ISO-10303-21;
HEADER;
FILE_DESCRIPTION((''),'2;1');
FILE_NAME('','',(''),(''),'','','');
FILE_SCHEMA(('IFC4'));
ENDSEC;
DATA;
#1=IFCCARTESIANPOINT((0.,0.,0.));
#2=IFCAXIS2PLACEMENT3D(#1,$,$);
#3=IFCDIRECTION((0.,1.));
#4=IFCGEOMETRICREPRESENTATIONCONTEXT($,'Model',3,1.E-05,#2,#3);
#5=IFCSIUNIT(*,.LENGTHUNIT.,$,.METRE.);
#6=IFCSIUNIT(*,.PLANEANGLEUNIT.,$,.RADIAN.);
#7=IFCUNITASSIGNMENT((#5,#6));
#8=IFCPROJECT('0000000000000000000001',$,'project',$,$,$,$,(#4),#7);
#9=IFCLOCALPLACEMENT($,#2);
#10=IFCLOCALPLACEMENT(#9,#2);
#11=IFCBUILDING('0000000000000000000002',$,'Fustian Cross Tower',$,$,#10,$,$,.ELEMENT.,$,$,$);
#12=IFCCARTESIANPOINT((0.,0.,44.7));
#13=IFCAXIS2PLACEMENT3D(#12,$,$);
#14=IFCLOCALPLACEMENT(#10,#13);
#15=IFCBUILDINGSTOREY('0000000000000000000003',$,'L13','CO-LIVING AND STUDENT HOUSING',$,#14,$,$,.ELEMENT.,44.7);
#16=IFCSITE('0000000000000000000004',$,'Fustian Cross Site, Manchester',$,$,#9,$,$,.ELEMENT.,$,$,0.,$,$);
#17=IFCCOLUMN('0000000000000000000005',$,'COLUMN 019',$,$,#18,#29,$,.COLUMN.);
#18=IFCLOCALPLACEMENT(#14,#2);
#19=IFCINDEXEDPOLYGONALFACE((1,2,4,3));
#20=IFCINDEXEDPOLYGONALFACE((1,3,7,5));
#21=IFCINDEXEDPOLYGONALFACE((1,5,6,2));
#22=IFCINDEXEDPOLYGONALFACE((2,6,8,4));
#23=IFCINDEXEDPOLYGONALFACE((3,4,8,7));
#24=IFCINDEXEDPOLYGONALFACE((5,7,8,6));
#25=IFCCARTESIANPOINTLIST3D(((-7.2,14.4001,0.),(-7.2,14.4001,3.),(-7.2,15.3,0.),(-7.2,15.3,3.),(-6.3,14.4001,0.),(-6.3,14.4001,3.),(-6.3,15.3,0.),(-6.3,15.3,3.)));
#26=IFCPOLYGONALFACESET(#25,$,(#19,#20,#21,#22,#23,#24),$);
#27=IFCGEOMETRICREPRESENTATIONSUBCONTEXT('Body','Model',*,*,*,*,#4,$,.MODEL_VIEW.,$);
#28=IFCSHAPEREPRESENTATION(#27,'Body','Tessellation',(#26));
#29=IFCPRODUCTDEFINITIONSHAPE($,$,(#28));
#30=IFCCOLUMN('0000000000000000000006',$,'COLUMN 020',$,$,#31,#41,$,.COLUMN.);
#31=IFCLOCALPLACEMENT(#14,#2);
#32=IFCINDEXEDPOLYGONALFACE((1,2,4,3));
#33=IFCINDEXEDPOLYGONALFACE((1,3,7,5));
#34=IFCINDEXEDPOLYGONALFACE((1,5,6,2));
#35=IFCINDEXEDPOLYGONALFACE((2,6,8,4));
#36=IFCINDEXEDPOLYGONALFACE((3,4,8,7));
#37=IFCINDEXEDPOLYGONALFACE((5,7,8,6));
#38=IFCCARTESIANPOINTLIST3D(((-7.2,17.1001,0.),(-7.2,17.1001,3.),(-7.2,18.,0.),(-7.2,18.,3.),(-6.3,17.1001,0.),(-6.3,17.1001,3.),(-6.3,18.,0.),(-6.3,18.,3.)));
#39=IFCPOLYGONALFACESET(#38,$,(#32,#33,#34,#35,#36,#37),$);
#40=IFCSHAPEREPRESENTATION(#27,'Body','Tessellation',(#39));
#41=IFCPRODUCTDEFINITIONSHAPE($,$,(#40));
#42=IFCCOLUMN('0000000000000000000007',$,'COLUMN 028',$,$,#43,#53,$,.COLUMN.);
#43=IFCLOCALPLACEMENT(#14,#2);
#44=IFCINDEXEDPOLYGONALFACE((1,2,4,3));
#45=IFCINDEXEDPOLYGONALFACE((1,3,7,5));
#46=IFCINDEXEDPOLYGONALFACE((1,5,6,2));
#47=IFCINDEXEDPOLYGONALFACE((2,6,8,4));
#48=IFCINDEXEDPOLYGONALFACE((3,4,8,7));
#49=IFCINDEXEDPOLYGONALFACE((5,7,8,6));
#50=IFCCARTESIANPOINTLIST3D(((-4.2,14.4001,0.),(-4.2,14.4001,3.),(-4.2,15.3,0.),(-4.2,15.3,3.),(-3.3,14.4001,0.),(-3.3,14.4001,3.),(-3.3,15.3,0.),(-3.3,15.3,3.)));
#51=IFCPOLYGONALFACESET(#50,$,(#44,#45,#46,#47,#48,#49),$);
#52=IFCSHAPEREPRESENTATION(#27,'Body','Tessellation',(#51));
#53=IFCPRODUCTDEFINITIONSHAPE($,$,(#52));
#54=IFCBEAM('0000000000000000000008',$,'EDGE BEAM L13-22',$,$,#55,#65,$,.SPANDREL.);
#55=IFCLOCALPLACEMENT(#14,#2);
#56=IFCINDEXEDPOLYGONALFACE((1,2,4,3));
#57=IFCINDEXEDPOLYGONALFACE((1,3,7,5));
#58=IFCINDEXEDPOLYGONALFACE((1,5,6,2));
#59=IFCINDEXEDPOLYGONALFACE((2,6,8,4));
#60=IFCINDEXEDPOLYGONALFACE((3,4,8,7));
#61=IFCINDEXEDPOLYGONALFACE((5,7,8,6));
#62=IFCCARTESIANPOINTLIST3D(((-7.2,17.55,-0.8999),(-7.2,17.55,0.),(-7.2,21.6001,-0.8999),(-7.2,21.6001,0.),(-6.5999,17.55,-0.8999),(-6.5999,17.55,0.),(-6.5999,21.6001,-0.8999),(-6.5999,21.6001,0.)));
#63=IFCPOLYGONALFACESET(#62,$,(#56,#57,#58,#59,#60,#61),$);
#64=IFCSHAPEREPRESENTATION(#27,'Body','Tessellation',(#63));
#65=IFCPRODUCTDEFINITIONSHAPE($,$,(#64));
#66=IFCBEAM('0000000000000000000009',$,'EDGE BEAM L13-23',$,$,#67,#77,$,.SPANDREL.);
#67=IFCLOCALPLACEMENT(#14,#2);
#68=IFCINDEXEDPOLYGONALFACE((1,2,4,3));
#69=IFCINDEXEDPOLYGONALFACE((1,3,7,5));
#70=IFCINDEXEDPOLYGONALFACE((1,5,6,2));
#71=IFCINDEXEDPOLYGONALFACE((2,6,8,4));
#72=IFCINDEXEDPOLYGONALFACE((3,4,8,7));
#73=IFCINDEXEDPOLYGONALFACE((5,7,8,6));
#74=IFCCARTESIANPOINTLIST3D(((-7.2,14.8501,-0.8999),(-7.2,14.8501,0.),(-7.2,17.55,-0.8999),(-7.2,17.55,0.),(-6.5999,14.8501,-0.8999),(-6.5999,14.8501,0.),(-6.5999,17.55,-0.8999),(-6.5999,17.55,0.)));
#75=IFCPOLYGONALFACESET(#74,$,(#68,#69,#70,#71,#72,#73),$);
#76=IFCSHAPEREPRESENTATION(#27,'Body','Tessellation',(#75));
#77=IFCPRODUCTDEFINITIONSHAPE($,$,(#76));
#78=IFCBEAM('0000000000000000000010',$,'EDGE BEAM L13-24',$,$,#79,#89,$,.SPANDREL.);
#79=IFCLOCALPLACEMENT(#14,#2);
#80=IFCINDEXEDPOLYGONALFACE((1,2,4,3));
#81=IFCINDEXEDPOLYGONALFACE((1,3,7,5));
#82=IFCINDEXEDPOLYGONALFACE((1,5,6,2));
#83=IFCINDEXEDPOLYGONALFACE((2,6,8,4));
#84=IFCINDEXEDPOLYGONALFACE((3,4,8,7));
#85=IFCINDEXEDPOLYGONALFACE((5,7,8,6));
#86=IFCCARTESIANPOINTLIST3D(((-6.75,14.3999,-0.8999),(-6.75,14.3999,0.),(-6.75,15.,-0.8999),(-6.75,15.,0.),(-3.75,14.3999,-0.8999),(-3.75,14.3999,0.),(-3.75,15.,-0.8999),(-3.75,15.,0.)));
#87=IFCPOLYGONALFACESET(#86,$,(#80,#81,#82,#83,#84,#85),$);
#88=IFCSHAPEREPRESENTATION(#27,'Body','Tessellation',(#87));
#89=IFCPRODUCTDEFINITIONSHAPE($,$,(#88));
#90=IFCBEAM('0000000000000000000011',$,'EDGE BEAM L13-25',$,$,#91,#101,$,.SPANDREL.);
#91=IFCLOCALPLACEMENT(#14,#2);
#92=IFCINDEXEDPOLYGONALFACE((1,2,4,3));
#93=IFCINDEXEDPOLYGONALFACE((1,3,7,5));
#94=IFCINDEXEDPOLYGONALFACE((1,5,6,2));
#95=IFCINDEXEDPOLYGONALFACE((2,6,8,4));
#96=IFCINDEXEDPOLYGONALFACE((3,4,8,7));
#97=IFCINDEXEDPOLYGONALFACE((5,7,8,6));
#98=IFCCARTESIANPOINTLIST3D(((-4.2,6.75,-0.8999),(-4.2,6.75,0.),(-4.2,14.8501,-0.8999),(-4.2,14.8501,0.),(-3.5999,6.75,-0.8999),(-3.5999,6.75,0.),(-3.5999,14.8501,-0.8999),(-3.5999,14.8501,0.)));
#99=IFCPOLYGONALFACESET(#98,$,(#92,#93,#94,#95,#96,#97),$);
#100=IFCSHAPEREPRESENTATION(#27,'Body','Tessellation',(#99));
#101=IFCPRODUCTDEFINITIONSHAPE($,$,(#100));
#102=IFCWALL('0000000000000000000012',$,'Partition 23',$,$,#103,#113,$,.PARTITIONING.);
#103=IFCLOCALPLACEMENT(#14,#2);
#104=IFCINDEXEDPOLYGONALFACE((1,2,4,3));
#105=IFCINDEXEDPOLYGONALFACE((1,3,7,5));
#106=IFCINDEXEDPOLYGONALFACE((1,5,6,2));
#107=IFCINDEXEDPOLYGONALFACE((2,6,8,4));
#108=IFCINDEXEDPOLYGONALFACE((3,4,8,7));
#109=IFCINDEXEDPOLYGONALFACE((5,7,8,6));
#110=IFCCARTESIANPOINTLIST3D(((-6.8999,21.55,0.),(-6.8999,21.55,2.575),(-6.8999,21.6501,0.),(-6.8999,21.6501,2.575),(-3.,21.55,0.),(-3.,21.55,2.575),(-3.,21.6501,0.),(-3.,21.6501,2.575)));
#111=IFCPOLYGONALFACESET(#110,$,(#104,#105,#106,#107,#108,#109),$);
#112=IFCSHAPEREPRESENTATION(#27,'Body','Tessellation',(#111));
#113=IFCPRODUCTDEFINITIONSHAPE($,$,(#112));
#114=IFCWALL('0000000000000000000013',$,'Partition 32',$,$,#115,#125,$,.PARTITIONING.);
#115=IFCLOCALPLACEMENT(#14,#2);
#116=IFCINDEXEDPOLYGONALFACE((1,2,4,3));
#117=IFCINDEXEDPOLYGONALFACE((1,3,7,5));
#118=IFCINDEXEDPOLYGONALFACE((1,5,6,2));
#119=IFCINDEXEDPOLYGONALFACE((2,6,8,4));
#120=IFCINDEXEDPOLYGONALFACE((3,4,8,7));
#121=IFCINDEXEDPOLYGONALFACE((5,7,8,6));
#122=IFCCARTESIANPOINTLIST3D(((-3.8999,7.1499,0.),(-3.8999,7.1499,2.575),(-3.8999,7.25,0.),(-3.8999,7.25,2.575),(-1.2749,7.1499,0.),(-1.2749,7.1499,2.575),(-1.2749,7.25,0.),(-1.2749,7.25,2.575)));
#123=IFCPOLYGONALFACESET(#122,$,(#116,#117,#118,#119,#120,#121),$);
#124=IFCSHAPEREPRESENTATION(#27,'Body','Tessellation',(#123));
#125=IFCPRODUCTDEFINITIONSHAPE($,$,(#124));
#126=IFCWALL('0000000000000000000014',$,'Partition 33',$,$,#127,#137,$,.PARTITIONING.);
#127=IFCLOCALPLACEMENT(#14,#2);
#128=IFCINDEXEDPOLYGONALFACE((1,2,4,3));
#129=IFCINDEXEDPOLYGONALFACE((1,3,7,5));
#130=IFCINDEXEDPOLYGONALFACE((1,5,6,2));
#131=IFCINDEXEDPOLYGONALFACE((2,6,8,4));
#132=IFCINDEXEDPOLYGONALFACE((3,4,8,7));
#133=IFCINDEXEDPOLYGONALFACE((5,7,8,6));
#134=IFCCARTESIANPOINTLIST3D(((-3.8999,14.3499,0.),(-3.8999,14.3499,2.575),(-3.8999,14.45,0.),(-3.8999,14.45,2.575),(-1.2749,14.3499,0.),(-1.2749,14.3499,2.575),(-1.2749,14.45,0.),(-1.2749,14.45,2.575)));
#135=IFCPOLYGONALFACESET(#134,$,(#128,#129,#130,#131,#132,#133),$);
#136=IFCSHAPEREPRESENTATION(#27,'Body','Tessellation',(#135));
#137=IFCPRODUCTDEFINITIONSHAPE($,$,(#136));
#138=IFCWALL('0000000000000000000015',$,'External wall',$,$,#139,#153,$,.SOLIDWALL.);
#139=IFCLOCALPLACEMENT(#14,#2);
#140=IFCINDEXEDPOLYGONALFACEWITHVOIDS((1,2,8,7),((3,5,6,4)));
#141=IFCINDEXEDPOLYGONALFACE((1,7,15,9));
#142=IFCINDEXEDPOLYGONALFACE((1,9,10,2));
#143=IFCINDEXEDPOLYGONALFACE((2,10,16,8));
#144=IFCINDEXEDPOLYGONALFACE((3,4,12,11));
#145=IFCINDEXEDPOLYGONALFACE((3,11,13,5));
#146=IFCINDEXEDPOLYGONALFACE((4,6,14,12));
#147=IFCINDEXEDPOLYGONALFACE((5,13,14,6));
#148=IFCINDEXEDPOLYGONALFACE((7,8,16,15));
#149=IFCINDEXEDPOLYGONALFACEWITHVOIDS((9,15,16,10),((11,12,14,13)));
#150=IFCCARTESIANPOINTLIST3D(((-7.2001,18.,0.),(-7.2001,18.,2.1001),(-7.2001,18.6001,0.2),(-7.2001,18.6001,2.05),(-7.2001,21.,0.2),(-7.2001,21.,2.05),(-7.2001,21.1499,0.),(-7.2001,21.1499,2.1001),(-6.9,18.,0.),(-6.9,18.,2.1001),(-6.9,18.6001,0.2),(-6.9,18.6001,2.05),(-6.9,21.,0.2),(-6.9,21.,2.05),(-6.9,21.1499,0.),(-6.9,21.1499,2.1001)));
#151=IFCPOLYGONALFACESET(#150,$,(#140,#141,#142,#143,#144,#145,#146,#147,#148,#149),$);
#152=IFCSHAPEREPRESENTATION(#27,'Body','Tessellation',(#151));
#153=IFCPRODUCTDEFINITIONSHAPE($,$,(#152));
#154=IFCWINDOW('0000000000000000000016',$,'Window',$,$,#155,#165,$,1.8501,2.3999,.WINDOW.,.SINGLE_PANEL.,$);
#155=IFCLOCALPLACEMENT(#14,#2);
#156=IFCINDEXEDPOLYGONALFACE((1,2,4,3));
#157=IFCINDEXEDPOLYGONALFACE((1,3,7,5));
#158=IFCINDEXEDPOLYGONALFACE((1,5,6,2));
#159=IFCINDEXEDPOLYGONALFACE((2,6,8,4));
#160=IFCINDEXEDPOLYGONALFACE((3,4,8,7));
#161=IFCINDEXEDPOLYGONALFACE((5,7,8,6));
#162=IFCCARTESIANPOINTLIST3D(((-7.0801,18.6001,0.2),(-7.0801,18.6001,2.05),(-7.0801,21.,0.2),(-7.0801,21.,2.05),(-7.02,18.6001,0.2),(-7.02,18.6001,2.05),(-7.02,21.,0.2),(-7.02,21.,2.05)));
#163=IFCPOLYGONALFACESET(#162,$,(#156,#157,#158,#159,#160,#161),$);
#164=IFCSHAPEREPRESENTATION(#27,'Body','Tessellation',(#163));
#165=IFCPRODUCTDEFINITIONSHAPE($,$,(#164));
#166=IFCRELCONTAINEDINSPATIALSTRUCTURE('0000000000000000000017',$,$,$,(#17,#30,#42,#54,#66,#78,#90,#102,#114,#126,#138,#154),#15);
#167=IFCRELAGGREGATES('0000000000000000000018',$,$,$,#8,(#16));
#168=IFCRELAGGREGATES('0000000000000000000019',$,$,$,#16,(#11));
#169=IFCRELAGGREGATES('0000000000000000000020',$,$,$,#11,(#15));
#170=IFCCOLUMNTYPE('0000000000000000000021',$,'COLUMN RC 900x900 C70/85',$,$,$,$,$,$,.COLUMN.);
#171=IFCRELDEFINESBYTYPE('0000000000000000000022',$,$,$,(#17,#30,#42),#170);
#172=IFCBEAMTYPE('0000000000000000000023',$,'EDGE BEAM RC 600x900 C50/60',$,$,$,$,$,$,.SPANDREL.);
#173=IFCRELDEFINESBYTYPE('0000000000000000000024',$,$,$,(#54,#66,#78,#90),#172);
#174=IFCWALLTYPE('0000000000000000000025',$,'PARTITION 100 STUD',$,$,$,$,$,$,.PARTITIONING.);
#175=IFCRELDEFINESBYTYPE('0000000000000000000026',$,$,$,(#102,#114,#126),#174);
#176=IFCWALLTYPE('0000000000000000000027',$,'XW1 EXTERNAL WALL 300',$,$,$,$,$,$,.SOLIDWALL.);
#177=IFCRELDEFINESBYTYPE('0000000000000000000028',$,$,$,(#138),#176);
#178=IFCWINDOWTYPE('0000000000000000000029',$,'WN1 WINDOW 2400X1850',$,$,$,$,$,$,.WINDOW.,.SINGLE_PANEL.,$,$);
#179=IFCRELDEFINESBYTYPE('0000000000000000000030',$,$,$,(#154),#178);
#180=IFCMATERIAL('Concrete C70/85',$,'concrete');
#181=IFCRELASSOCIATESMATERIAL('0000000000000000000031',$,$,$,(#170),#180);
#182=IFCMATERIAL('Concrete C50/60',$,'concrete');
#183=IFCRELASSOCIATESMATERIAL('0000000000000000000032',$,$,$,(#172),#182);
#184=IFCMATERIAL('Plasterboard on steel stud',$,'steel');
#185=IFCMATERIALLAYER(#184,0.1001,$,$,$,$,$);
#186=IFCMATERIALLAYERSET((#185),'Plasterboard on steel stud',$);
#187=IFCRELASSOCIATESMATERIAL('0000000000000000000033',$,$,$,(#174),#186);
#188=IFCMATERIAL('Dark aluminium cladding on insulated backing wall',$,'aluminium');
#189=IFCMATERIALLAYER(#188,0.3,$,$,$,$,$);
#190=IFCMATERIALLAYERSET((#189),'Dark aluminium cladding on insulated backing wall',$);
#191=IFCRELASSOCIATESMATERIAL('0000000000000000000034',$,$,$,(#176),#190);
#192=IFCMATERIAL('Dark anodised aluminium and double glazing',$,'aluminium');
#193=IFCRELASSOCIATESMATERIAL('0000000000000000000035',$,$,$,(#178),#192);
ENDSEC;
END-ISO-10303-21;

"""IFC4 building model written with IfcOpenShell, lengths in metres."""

from ifc_helpers import new_model, si_unit, direction, frame, frame_2d, origin, origin_2d, place, context, subcontext, project, spatial, rectangle, extrude, material, layer, layer_set, material_profile, profile_set, type_object, element, fill, save


model = new_model("IFC4")

# Units and contexts
model_context = context("Model", 3, precision=1e-05, world=origin(), true_north=direction((0.0, 1.0)))
body_context = subcontext(model_context, "Body", "Model", "MODEL_VIEW")
ifc_project = project(units=[si_unit("LENGTHUNIT", "METRE"), si_unit("PLANEANGLEUNIT", "RADIAN")], contexts=[model_context])

# Site, building, storey
site_placement = place(None, origin())
site = spatial("IfcSite", under=ifc_project, at=site_placement, Name="Fustian Cross Site, Manchester", CompositionType="ELEMENT", RefElevation=0.0)
building_placement = place(site_placement, origin())
building = spatial("IfcBuilding", under=site, at=building_placement, Name="Fustian Cross Tower", CompositionType="ELEMENT")
storey_placement = place(building_placement, frame((0.0, 0.0, 44.7)))
storey = spatial("IfcBuildingStorey", under=building, at=storey_placement, Name="L13", Description="CO-LIVING AND STUDENT HOUSING", CompositionType="ELEMENT", Elevation=44.7)

# Columns
ifc_material_1 = material(Name="Concrete C70/85", Category="concrete")
ifc_material_profile_1 = material_profile(ifc_material_1, rectangle(XDim=0.8999, YDim=0.8999, at=origin_2d()), Name="RC 900x900")
ifc_profile_set_1 = profile_set([ifc_material_profile_1], Name="Concrete C70/85")
column_type = type_object("IfcColumnType", Name="COLUMN RC 900x900 C70/85", PredefinedType="COLUMN", material=ifc_profile_set_1)
for number, where, z_axis, x_axis, name in (
    (1, (-6.75, 14.8501, 0.0), (0.0, 0.0, 1.0), (1.0, 0.0, 0.0), "COLUMN 019"),
    (2, (-6.75, 17.55, 0.0), (0.0, 0.0, 1.0), (1.0, 0.0, 0.0), "COLUMN 020"),
    (3, (-3.75, 14.8501, 0.0), (0.0, 0.0, 1.0), (1.0, 0.0, 0.0), "COLUMN 028"),
):
    element("IfcColumn", number, at=place(storey_placement, frame(where, z_axis=z_axis, x_axis=x_axis)), inside=storey, type_object=column_type, Name=name, PredefinedType="COLUMN", context=body_context, shape_type="SweptSolid", body=[
        extrude(rectangle(XDim=0.8999, YDim=0.8999, at=origin_2d()), origin(), (0.0, 0.0, 1.0), 3.0),
    ])

# Beams
ifc_material_2 = material(Name="Concrete C50/60", Category="concrete")
ifc_material_profile_2 = material_profile(ifc_material_2, rectangle(XDim=0.6001, YDim=0.8999, at=origin_2d()), Name="RC 600x900")
ifc_profile_set_2 = profile_set([ifc_material_profile_2], Name="Concrete C50/60")
beam_type = type_object("IfcBeamType", Name="EDGE BEAM RC 600x900 C50/60", PredefinedType="SPANDREL", material=ifc_profile_set_2)
beam_1_placement = place(storey_placement, frame((-6.8999, 21.6001, -0.45), z_axis=(0.0, -1.0, 0.0), x_axis=(1.0, 0.0, 0.0)))
element("IfcBeam", 4, at=beam_1_placement, inside=storey, type_object=beam_type, Name="EDGE BEAM L13-22", PredefinedType="SPANDREL", context=body_context, shape_type="SweptSolid", body=[
    extrude(rectangle(XDim=0.6001, YDim=0.8999, at=origin_2d()), origin(), (0.0, 0.0, 1.0), 4.05),
])
beam_2_placement = place(storey_placement, frame((-6.8999, 17.55, -0.45), z_axis=(0.0, -1.0, 0.0), x_axis=(1.0, 0.0, 0.0)))
element("IfcBeam", 5, at=beam_2_placement, inside=storey, type_object=beam_type, Name="EDGE BEAM L13-23", PredefinedType="SPANDREL", context=body_context, shape_type="SweptSolid", body=[
    extrude(rectangle(XDim=0.6001, YDim=0.8999, at=origin_2d()), origin(), (0.0, 0.0, 1.0), 2.7),
])
beam_3_placement = place(storey_placement, frame((-6.75, 14.7, -0.45), z_axis=(1.0, 0.0, 0.0), x_axis=(0.0, 1.0, 0.0)))
element("IfcBeam", 6, at=beam_3_placement, inside=storey, type_object=beam_type, Name="EDGE BEAM L13-24", PredefinedType="SPANDREL", context=body_context, shape_type="SweptSolid", body=[
    extrude(rectangle(XDim=0.6001, YDim=0.8999, at=origin_2d()), origin(), (0.0, 0.0, 1.0), 3.0),
])
beam_4_placement = place(storey_placement, frame((-3.8999, 14.8501, -0.45), z_axis=(0.0, -1.0, 0.0), x_axis=(1.0, 0.0, 0.0)))
element("IfcBeam", 7, at=beam_4_placement, inside=storey, type_object=beam_type, Name="EDGE BEAM L13-25", PredefinedType="SPANDREL", context=body_context, shape_type="SweptSolid", body=[
    extrude(rectangle(XDim=0.6001, YDim=0.8999, at=origin_2d()), origin(), (0.0, 0.0, 1.0), 8.1001),
])

# Walls
ifc_material_3 = material(Name="Plasterboard on steel stud", Category="steel")
ifc_layer_1 = layer(ifc_material_3, 0.1001)
ifc_layer_set_1 = layer_set([ifc_layer_1], Name="Plasterboard on steel stud")
wall_type_1 = type_object("IfcWallType", Name="PARTITION 100 STUD", PredefinedType="PARTITIONING", material=ifc_layer_set_1)
wall_1_placement = place(storey_placement, frame((-6.8999, 21.6001, 0.0), z_axis=(0.0, 0.0, 1.0), x_axis=(1.0, 0.0, 0.0)))
element("IfcWall", 8, at=wall_1_placement, inside=storey, type_object=wall_type_1, Name="Partition 23", PredefinedType="PARTITIONING", context=body_context, shape_type="SweptSolid", body=[
    extrude(rectangle(XDim=3.8999, YDim=0.1001, at=frame_2d((1.95, 0.0))), origin(), (0.0, 0.0, 1.0), 2.575),
])
for number, where, z_axis, x_axis, name in (
    (9, (-3.8999, 7.2, 0.0), (0.0, 0.0, 1.0), (1.0, 0.0, 0.0), "Partition 32"),
    (10, (-3.8999, 14.3999, 0.0), (0.0, 0.0, 1.0), (1.0, 0.0, 0.0), "Partition 33"),
):
    element("IfcWall", number, at=place(storey_placement, frame(where, z_axis=z_axis, x_axis=x_axis)), inside=storey, type_object=wall_type_1, Name=name, PredefinedType="PARTITIONING", context=body_context, shape_type="SweptSolid", body=[
        extrude(rectangle(XDim=2.625, YDim=0.1001, at=frame_2d((1.3125, 0.0))), origin(), (0.0, 0.0, 1.0), 2.575),
    ])

# Wall, opening, window
ifc_material_4 = material(Name="Dark aluminium cladding on insulated backing wall", Category="aluminium")
ifc_layer_2 = layer(ifc_material_4, 0.3)
ifc_layer_set_2 = layer_set([ifc_layer_2], Name="Dark aluminium cladding on insulated backing wall")
wall_type_2 = type_object("IfcWallType", Name="XW1 EXTERNAL WALL 300", PredefinedType="SOLIDWALL", material=ifc_layer_set_2)
wall_2_placement = place(storey_placement, frame((-7.05, 21.1499, 0.0), z_axis=(0.0, 0.0, 1.0), x_axis=(0.0, -1.0, 0.0)))
wall_2 = element("IfcWall", 11, at=wall_2_placement, inside=storey, type_object=wall_type_2, Name="External wall", PredefinedType="SOLIDWALL", context=body_context, shape_type="SweptSolid", body=[
    extrude(rectangle(XDim=3.1499, YDim=0.3, at=frame_2d((1.575, 0.0))), origin(), (0.0, 0.0, 1.0), 2.1001),
])
opening_1_placement = place(wall_2_placement, frame((0.1499, 0.0, 0.2)))
opening_1 = element("IfcOpeningElement", 12, at=opening_1_placement, cuts=wall_2, PredefinedType="OPENING", context=body_context, shape_type="SweptSolid", body=[
    extrude(rectangle(XDim=2.3999, YDim=1.8501, at=frame_2d((1.2, 0.925))), frame((0.0, 0.1599, 0.0), z_axis=(0.0, -1.0, 0.0), x_axis=(1.0, 0.0, 0.0)), (0.0, 0.0, 1.0), 0.3201),
])
ifc_material_5 = material(Name="Dark anodised aluminium and double glazing", Category="aluminium")
window_type_1 = type_object("IfcWindowType", Name="WN1 WINDOW 2400X1850", PartitioningType="SINGLE_PANEL", PredefinedType="WINDOW", material=ifc_material_5)
window_1_placement = place(opening_1_placement, origin())
window_1 = element("IfcWindow", 13, at=window_1_placement, inside=storey, type_object=window_type_1, Name="Window", OverallHeight=1.8501, OverallWidth=2.3999, PartitioningType="SINGLE_PANEL", PredefinedType="WINDOW", context=body_context, shape_type="SweptSolid", body=[
    extrude(rectangle(XDim=2.3999, YDim=1.8501, at=frame_2d((1.2, 0.925))), frame((0.0, 0.03, 0.0), z_axis=(0.0, -1.0, 0.0), x_axis=(1.0, 0.0, 0.0)), (0.0, 0.0, 1.0), 0.0601),
])
fill(opening_1, window_1)

save(model, "model.ifc")
